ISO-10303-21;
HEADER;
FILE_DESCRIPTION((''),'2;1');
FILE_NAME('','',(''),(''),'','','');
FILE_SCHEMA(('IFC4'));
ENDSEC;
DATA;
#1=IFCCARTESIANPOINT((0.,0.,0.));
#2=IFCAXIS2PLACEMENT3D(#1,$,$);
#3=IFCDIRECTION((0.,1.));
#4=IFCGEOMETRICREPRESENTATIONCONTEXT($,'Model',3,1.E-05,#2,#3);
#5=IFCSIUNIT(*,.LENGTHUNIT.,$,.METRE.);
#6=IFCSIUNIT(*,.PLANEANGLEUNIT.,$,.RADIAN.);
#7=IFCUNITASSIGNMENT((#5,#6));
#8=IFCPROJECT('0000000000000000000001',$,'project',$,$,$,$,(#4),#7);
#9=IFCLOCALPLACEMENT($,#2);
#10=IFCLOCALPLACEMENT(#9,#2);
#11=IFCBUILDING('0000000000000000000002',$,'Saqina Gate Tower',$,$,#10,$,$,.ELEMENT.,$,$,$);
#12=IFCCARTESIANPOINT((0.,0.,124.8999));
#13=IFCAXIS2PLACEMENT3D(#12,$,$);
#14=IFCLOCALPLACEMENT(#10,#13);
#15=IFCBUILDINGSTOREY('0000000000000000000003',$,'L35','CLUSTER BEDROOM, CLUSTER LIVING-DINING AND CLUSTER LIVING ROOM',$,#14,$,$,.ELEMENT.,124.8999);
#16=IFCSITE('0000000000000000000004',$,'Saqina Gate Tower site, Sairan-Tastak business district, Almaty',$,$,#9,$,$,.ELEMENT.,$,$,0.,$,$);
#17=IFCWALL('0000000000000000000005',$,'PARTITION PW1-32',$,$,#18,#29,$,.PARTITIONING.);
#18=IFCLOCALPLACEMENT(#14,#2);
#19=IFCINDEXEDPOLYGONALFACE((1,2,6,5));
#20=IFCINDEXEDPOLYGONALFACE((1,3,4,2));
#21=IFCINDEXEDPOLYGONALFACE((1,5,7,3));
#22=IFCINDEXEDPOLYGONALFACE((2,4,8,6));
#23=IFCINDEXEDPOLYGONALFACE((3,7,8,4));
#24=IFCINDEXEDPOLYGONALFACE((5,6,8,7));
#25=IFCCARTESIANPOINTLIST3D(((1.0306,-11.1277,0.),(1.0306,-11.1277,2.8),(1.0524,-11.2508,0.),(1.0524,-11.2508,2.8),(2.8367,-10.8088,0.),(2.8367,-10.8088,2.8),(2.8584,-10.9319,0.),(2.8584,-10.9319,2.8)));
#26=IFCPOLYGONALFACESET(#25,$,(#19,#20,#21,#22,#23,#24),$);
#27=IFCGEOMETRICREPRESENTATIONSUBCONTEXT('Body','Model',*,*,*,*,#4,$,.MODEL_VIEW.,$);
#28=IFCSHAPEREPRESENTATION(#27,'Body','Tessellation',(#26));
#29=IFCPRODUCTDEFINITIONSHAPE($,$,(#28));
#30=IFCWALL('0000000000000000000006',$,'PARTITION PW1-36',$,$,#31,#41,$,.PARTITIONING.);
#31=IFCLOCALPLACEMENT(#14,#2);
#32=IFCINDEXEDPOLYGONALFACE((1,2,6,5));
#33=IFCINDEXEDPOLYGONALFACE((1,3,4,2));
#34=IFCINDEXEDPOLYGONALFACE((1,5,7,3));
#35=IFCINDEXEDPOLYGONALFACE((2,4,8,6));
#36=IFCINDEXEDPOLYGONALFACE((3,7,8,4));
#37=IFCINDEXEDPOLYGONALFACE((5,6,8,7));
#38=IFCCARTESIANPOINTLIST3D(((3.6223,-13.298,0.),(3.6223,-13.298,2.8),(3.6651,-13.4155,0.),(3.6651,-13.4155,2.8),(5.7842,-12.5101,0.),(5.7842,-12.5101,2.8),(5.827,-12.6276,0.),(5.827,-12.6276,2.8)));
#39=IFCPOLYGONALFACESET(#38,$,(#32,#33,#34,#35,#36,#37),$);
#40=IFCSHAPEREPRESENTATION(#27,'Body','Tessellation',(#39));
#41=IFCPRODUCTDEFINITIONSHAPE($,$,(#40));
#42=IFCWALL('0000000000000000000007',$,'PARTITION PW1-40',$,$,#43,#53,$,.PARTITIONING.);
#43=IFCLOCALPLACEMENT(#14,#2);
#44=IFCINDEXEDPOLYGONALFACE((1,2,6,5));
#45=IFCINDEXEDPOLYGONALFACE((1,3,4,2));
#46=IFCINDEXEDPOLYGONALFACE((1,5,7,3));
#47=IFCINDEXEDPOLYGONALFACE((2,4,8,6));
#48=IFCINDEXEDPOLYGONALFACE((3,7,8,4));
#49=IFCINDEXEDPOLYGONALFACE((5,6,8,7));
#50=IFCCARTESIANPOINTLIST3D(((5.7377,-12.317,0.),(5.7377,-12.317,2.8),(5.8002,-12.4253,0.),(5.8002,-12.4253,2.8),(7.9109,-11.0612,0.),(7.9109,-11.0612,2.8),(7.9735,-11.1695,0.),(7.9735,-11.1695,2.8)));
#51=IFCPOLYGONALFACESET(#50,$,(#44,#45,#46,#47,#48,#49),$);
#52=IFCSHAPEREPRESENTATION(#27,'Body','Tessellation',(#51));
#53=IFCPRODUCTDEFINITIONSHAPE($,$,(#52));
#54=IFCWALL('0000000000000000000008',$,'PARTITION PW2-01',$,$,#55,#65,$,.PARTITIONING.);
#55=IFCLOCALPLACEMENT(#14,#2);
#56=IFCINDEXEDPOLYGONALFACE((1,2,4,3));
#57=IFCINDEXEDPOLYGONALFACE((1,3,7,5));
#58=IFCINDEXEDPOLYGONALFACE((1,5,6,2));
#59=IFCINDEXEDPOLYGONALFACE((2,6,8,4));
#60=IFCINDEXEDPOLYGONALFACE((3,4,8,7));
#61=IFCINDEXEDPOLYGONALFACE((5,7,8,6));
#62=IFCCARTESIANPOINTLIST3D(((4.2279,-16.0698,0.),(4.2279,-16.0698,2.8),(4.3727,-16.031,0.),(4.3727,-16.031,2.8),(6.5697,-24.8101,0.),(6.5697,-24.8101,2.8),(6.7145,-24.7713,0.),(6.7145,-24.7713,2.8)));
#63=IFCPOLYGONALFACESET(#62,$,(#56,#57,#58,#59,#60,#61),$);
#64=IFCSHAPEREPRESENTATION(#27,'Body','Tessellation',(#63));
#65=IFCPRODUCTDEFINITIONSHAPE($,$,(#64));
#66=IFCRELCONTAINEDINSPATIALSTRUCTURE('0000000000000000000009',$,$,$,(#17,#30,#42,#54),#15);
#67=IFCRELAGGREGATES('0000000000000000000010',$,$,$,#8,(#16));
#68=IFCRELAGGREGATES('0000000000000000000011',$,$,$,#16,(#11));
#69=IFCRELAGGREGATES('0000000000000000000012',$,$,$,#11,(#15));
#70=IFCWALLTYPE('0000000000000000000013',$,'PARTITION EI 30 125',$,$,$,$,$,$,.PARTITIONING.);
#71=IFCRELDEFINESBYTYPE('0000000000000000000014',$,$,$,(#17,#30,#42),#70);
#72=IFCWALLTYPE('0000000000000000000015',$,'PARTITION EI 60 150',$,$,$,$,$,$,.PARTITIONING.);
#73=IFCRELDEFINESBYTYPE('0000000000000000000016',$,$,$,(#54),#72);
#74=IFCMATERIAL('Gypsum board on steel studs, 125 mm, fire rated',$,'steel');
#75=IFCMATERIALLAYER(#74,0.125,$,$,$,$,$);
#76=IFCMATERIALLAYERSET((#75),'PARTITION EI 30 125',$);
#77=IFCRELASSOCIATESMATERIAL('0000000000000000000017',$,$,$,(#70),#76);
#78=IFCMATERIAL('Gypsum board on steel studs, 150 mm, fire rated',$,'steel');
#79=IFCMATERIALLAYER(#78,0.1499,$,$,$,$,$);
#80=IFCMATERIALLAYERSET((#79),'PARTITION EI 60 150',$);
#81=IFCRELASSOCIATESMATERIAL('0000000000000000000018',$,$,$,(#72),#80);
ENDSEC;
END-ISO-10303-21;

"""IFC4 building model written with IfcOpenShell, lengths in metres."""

from ifc_helpers import new_model, si_unit, direction, frame, frame_2d, origin, place, context, subcontext, project, spatial, rectangle, extrude, material, layer, layer_set, type_object, element, save


model = new_model("IFC4")

# Units and contexts
model_context = context("Model", 3, precision=1e-05, world=origin(), true_north=direction((0.0, 1.0)))
body_context = subcontext(model_context, "Body", "Model", "MODEL_VIEW")
ifc_project = project(units=[si_unit("LENGTHUNIT", "METRE"), si_unit("PLANEANGLEUNIT", "RADIAN")], contexts=[model_context])

# Site, building, storey
site_placement = place(None, origin())
site = spatial("IfcSite", under=ifc_project, at=site_placement, Name="Saqina Gate Tower site, Sairan-Tastak business district, Almaty", CompositionType="ELEMENT", RefElevation=0.0)
building_placement = place(site_placement, origin())
building = spatial("IfcBuilding", under=site, at=building_placement, Name="Saqina Gate Tower", CompositionType="ELEMENT")
storey_placement = place(building_placement, frame((0.0, 0.0, 124.8999)))
storey = spatial("IfcBuildingStorey", under=building, at=storey_placement, Name="L35", Description="CLUSTER BEDROOM, CLUSTER LIVING-DINING AND CLUSTER LIVING ROOM", CompositionType="ELEMENT", Elevation=124.8999)

# Walls
ifc_material_1 = material(Name="Gypsum board on steel studs, 125 mm, fire rated", Category="steel")
ifc_layer_1 = layer(ifc_material_1, 0.125)
ifc_layer_set_1 = layer_set([ifc_layer_1], Name="PARTITION EI 30 125")
wall_type_1 = type_object("IfcWallType", Name="PARTITION EI 30 125", PredefinedType="PARTITIONING", material=ifc_layer_set_1)
wall_1_placement = place(storey_placement, frame((1.0415, -11.1892, 0.0), z_axis=(0.0, 0.0, 1.0), x_axis=(0.984773, 0.173846, 0.0)))
element("IfcWall", 1, at=wall_1_placement, inside=storey, type_object=wall_type_1, Name="PARTITION PW1-32", PredefinedType="PARTITIONING", context=body_context, shape_type="SweptSolid", body=[
    extrude(rectangle(XDim=1.834, YDim=0.125, at=frame_2d((0.917, 0.0))), origin(), (0.0, 0.0, 1.0), 2.8),
])
wall_2_placement = place(storey_placement, frame((3.6438, -13.3567, 0.0), z_axis=(0.0, 0.0, 1.0), x_axis=(0.939555, 0.342399, 0.0)))
element("IfcWall", 2, at=wall_2_placement, inside=storey, type_object=wall_type_1, Name="PARTITION PW1-36", PredefinedType="PARTITIONING", context=body_context, shape_type="SweptSolid", body=[
    extrude(rectangle(XDim=2.301, YDim=0.125, at=frame_2d((1.1504, 0.0))), origin(), (0.0, 0.0, 1.0), 2.8),
])
wall_3_placement = place(storey_placement, frame((5.769, -12.3711, 0.0), z_axis=(0.0, 0.0, 1.0), x_axis=(0.865839, 0.500323, 0.0)))
element("IfcWall", 3, at=wall_3_placement, inside=storey, type_object=wall_type_1, Name="PARTITION PW1-40", PredefinedType="PARTITIONING", context=body_context, shape_type="SweptSolid", body=[
    extrude(rectangle(XDim=2.51, YDim=0.125, at=frame_2d((1.2549, 0.0))), origin(), (0.0, 0.0, 1.0), 2.8),
])
ifc_material_2 = material(Name="Gypsum board on steel studs, 150 mm, fire rated", Category="steel")
ifc_layer_2 = layer(ifc_material_2, 0.1499)
ifc_layer_set_2 = layer_set([ifc_layer_2], Name="PARTITION EI 60 150")
wall_type_2 = type_object("IfcWallType", Name="PARTITION EI 60 150", PredefinedType="PARTITIONING", material=ifc_layer_set_2)
wall_4_placement = place(storey_placement, frame((4.3003, -16.0503, 0.0), z_axis=(0.0, 0.0, 1.0), x_axis=(0.258804, -0.96593, 0.0)))
element("IfcWall", 4, at=wall_4_placement, inside=storey, type_object=wall_type_2, Name="PARTITION PW2-01", PredefinedType="PARTITIONING", context=body_context, shape_type="SweptSolid", body=[
    extrude(rectangle(XDim=9.0486, YDim=0.1499, at=frame_2d((4.5244, 0.0))), origin(), (0.0, 0.0, 1.0), 2.8),
])

save(model, "model.ifc")
